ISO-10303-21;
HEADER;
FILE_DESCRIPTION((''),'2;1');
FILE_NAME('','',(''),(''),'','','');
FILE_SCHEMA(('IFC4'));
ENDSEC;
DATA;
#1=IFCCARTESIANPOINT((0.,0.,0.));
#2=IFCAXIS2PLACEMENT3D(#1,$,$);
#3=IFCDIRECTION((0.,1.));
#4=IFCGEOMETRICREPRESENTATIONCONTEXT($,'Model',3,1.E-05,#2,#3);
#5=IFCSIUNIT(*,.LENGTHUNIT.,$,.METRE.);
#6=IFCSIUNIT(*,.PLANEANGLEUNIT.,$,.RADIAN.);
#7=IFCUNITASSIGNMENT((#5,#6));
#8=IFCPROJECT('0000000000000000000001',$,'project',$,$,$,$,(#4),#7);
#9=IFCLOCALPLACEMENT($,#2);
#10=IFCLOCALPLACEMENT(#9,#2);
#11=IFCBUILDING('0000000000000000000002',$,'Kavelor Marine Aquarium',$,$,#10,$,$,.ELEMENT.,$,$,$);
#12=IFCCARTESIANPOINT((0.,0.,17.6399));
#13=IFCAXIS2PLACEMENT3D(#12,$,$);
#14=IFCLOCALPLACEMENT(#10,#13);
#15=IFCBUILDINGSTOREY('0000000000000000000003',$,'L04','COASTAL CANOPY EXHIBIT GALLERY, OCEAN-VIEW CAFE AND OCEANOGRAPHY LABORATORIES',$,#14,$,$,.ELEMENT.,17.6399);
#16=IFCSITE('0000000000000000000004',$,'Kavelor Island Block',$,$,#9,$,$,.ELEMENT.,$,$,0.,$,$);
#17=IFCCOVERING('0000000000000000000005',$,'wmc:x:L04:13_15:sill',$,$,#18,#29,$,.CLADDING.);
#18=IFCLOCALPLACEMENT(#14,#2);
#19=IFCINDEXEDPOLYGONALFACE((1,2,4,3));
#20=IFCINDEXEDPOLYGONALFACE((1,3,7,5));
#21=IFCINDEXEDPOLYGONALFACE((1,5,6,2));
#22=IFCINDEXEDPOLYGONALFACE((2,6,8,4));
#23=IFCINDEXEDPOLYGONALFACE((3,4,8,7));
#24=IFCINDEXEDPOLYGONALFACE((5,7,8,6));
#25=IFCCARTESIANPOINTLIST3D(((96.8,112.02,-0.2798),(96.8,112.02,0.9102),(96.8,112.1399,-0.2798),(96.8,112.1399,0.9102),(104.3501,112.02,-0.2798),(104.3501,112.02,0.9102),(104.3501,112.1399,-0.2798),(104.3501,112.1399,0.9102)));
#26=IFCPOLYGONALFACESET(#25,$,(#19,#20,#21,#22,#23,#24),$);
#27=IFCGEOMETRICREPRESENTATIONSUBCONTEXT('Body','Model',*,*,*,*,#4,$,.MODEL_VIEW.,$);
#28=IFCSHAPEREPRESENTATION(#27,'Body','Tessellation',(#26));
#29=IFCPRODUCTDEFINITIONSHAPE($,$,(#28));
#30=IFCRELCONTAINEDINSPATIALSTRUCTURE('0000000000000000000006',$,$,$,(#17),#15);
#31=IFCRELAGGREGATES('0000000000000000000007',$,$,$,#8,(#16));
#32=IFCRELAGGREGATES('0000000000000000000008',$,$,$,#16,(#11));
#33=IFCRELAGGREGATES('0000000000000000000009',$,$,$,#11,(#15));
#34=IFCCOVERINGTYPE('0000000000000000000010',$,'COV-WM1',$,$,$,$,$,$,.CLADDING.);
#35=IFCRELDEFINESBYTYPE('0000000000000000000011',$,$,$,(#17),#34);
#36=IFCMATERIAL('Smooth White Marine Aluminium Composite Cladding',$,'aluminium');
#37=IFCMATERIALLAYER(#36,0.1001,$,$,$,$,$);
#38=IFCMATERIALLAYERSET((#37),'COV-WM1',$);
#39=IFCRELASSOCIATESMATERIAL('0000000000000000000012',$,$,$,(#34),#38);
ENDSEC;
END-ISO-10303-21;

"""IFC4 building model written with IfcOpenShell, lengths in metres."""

from ifc_helpers import new_model, si_unit, direction, frame, origin, place, context, subcontext, project, spatial, polyline, outline, extrude, material, layer, layer_set, type_object, element, save


model = new_model("IFC4")

# Units and contexts
model_context = context("Model", 3, precision=1e-05, world=origin(), true_north=direction((0.0, 1.0)))
body_context = subcontext(model_context, "Body", "Model", "MODEL_VIEW")
ifc_project = project(units=[si_unit("LENGTHUNIT", "METRE"), si_unit("PLANEANGLEUNIT", "RADIAN")], contexts=[model_context])

# Site, building, storey
site_placement = place(None, origin())
site = spatial("IfcSite", under=ifc_project, at=site_placement, Name="Kavelor Island Block", CompositionType="ELEMENT", RefElevation=0.0)
building_placement = place(site_placement, origin())
building = spatial("IfcBuilding", under=site, at=building_placement, Name="Kavelor Marine Aquarium", CompositionType="ELEMENT")
storey_placement = place(building_placement, frame((0.0, 0.0, 17.6399)))
storey = spatial("IfcBuildingStorey", under=building, at=storey_placement, Name="L04", Description="COASTAL CANOPY EXHIBIT GALLERY, OCEAN-VIEW CAFE AND OCEANOGRAPHY LABORATORIES", CompositionType="ELEMENT", Elevation=17.6399)

# Covering
ifc_material_1 = material(Name="Smooth White Marine Aluminium Composite Cladding", Category="aluminium")
ifc_layer_1 = layer(ifc_material_1, 0.1001)
ifc_layer_set_1 = layer_set([ifc_layer_1], Name="COV-WM1")
covering_type = type_object("IfcCoveringType", Name="COV-WM1", PredefinedType="CLADDING", material=ifc_layer_set_1)
covering_1_placement = place(storey_placement, frame((0.0, 0.0, -0.2798)))
element("IfcCovering", 1, at=covering_1_placement, inside=storey, type_object=covering_type, Name="wmc:x:L04:13_15:sill", PredefinedType="CLADDING", context=body_context, shape_type="SweptSolid", body=[
    extrude(outline(polyline([(96.8, 112.02), (104.3501, 112.02), (104.3501, 112.1399), (96.8, 112.1399), (96.8, 112.02)])), origin(), (0.0, 0.0, 1.0), 1.1899),
])

save(model, "model.ifc")
